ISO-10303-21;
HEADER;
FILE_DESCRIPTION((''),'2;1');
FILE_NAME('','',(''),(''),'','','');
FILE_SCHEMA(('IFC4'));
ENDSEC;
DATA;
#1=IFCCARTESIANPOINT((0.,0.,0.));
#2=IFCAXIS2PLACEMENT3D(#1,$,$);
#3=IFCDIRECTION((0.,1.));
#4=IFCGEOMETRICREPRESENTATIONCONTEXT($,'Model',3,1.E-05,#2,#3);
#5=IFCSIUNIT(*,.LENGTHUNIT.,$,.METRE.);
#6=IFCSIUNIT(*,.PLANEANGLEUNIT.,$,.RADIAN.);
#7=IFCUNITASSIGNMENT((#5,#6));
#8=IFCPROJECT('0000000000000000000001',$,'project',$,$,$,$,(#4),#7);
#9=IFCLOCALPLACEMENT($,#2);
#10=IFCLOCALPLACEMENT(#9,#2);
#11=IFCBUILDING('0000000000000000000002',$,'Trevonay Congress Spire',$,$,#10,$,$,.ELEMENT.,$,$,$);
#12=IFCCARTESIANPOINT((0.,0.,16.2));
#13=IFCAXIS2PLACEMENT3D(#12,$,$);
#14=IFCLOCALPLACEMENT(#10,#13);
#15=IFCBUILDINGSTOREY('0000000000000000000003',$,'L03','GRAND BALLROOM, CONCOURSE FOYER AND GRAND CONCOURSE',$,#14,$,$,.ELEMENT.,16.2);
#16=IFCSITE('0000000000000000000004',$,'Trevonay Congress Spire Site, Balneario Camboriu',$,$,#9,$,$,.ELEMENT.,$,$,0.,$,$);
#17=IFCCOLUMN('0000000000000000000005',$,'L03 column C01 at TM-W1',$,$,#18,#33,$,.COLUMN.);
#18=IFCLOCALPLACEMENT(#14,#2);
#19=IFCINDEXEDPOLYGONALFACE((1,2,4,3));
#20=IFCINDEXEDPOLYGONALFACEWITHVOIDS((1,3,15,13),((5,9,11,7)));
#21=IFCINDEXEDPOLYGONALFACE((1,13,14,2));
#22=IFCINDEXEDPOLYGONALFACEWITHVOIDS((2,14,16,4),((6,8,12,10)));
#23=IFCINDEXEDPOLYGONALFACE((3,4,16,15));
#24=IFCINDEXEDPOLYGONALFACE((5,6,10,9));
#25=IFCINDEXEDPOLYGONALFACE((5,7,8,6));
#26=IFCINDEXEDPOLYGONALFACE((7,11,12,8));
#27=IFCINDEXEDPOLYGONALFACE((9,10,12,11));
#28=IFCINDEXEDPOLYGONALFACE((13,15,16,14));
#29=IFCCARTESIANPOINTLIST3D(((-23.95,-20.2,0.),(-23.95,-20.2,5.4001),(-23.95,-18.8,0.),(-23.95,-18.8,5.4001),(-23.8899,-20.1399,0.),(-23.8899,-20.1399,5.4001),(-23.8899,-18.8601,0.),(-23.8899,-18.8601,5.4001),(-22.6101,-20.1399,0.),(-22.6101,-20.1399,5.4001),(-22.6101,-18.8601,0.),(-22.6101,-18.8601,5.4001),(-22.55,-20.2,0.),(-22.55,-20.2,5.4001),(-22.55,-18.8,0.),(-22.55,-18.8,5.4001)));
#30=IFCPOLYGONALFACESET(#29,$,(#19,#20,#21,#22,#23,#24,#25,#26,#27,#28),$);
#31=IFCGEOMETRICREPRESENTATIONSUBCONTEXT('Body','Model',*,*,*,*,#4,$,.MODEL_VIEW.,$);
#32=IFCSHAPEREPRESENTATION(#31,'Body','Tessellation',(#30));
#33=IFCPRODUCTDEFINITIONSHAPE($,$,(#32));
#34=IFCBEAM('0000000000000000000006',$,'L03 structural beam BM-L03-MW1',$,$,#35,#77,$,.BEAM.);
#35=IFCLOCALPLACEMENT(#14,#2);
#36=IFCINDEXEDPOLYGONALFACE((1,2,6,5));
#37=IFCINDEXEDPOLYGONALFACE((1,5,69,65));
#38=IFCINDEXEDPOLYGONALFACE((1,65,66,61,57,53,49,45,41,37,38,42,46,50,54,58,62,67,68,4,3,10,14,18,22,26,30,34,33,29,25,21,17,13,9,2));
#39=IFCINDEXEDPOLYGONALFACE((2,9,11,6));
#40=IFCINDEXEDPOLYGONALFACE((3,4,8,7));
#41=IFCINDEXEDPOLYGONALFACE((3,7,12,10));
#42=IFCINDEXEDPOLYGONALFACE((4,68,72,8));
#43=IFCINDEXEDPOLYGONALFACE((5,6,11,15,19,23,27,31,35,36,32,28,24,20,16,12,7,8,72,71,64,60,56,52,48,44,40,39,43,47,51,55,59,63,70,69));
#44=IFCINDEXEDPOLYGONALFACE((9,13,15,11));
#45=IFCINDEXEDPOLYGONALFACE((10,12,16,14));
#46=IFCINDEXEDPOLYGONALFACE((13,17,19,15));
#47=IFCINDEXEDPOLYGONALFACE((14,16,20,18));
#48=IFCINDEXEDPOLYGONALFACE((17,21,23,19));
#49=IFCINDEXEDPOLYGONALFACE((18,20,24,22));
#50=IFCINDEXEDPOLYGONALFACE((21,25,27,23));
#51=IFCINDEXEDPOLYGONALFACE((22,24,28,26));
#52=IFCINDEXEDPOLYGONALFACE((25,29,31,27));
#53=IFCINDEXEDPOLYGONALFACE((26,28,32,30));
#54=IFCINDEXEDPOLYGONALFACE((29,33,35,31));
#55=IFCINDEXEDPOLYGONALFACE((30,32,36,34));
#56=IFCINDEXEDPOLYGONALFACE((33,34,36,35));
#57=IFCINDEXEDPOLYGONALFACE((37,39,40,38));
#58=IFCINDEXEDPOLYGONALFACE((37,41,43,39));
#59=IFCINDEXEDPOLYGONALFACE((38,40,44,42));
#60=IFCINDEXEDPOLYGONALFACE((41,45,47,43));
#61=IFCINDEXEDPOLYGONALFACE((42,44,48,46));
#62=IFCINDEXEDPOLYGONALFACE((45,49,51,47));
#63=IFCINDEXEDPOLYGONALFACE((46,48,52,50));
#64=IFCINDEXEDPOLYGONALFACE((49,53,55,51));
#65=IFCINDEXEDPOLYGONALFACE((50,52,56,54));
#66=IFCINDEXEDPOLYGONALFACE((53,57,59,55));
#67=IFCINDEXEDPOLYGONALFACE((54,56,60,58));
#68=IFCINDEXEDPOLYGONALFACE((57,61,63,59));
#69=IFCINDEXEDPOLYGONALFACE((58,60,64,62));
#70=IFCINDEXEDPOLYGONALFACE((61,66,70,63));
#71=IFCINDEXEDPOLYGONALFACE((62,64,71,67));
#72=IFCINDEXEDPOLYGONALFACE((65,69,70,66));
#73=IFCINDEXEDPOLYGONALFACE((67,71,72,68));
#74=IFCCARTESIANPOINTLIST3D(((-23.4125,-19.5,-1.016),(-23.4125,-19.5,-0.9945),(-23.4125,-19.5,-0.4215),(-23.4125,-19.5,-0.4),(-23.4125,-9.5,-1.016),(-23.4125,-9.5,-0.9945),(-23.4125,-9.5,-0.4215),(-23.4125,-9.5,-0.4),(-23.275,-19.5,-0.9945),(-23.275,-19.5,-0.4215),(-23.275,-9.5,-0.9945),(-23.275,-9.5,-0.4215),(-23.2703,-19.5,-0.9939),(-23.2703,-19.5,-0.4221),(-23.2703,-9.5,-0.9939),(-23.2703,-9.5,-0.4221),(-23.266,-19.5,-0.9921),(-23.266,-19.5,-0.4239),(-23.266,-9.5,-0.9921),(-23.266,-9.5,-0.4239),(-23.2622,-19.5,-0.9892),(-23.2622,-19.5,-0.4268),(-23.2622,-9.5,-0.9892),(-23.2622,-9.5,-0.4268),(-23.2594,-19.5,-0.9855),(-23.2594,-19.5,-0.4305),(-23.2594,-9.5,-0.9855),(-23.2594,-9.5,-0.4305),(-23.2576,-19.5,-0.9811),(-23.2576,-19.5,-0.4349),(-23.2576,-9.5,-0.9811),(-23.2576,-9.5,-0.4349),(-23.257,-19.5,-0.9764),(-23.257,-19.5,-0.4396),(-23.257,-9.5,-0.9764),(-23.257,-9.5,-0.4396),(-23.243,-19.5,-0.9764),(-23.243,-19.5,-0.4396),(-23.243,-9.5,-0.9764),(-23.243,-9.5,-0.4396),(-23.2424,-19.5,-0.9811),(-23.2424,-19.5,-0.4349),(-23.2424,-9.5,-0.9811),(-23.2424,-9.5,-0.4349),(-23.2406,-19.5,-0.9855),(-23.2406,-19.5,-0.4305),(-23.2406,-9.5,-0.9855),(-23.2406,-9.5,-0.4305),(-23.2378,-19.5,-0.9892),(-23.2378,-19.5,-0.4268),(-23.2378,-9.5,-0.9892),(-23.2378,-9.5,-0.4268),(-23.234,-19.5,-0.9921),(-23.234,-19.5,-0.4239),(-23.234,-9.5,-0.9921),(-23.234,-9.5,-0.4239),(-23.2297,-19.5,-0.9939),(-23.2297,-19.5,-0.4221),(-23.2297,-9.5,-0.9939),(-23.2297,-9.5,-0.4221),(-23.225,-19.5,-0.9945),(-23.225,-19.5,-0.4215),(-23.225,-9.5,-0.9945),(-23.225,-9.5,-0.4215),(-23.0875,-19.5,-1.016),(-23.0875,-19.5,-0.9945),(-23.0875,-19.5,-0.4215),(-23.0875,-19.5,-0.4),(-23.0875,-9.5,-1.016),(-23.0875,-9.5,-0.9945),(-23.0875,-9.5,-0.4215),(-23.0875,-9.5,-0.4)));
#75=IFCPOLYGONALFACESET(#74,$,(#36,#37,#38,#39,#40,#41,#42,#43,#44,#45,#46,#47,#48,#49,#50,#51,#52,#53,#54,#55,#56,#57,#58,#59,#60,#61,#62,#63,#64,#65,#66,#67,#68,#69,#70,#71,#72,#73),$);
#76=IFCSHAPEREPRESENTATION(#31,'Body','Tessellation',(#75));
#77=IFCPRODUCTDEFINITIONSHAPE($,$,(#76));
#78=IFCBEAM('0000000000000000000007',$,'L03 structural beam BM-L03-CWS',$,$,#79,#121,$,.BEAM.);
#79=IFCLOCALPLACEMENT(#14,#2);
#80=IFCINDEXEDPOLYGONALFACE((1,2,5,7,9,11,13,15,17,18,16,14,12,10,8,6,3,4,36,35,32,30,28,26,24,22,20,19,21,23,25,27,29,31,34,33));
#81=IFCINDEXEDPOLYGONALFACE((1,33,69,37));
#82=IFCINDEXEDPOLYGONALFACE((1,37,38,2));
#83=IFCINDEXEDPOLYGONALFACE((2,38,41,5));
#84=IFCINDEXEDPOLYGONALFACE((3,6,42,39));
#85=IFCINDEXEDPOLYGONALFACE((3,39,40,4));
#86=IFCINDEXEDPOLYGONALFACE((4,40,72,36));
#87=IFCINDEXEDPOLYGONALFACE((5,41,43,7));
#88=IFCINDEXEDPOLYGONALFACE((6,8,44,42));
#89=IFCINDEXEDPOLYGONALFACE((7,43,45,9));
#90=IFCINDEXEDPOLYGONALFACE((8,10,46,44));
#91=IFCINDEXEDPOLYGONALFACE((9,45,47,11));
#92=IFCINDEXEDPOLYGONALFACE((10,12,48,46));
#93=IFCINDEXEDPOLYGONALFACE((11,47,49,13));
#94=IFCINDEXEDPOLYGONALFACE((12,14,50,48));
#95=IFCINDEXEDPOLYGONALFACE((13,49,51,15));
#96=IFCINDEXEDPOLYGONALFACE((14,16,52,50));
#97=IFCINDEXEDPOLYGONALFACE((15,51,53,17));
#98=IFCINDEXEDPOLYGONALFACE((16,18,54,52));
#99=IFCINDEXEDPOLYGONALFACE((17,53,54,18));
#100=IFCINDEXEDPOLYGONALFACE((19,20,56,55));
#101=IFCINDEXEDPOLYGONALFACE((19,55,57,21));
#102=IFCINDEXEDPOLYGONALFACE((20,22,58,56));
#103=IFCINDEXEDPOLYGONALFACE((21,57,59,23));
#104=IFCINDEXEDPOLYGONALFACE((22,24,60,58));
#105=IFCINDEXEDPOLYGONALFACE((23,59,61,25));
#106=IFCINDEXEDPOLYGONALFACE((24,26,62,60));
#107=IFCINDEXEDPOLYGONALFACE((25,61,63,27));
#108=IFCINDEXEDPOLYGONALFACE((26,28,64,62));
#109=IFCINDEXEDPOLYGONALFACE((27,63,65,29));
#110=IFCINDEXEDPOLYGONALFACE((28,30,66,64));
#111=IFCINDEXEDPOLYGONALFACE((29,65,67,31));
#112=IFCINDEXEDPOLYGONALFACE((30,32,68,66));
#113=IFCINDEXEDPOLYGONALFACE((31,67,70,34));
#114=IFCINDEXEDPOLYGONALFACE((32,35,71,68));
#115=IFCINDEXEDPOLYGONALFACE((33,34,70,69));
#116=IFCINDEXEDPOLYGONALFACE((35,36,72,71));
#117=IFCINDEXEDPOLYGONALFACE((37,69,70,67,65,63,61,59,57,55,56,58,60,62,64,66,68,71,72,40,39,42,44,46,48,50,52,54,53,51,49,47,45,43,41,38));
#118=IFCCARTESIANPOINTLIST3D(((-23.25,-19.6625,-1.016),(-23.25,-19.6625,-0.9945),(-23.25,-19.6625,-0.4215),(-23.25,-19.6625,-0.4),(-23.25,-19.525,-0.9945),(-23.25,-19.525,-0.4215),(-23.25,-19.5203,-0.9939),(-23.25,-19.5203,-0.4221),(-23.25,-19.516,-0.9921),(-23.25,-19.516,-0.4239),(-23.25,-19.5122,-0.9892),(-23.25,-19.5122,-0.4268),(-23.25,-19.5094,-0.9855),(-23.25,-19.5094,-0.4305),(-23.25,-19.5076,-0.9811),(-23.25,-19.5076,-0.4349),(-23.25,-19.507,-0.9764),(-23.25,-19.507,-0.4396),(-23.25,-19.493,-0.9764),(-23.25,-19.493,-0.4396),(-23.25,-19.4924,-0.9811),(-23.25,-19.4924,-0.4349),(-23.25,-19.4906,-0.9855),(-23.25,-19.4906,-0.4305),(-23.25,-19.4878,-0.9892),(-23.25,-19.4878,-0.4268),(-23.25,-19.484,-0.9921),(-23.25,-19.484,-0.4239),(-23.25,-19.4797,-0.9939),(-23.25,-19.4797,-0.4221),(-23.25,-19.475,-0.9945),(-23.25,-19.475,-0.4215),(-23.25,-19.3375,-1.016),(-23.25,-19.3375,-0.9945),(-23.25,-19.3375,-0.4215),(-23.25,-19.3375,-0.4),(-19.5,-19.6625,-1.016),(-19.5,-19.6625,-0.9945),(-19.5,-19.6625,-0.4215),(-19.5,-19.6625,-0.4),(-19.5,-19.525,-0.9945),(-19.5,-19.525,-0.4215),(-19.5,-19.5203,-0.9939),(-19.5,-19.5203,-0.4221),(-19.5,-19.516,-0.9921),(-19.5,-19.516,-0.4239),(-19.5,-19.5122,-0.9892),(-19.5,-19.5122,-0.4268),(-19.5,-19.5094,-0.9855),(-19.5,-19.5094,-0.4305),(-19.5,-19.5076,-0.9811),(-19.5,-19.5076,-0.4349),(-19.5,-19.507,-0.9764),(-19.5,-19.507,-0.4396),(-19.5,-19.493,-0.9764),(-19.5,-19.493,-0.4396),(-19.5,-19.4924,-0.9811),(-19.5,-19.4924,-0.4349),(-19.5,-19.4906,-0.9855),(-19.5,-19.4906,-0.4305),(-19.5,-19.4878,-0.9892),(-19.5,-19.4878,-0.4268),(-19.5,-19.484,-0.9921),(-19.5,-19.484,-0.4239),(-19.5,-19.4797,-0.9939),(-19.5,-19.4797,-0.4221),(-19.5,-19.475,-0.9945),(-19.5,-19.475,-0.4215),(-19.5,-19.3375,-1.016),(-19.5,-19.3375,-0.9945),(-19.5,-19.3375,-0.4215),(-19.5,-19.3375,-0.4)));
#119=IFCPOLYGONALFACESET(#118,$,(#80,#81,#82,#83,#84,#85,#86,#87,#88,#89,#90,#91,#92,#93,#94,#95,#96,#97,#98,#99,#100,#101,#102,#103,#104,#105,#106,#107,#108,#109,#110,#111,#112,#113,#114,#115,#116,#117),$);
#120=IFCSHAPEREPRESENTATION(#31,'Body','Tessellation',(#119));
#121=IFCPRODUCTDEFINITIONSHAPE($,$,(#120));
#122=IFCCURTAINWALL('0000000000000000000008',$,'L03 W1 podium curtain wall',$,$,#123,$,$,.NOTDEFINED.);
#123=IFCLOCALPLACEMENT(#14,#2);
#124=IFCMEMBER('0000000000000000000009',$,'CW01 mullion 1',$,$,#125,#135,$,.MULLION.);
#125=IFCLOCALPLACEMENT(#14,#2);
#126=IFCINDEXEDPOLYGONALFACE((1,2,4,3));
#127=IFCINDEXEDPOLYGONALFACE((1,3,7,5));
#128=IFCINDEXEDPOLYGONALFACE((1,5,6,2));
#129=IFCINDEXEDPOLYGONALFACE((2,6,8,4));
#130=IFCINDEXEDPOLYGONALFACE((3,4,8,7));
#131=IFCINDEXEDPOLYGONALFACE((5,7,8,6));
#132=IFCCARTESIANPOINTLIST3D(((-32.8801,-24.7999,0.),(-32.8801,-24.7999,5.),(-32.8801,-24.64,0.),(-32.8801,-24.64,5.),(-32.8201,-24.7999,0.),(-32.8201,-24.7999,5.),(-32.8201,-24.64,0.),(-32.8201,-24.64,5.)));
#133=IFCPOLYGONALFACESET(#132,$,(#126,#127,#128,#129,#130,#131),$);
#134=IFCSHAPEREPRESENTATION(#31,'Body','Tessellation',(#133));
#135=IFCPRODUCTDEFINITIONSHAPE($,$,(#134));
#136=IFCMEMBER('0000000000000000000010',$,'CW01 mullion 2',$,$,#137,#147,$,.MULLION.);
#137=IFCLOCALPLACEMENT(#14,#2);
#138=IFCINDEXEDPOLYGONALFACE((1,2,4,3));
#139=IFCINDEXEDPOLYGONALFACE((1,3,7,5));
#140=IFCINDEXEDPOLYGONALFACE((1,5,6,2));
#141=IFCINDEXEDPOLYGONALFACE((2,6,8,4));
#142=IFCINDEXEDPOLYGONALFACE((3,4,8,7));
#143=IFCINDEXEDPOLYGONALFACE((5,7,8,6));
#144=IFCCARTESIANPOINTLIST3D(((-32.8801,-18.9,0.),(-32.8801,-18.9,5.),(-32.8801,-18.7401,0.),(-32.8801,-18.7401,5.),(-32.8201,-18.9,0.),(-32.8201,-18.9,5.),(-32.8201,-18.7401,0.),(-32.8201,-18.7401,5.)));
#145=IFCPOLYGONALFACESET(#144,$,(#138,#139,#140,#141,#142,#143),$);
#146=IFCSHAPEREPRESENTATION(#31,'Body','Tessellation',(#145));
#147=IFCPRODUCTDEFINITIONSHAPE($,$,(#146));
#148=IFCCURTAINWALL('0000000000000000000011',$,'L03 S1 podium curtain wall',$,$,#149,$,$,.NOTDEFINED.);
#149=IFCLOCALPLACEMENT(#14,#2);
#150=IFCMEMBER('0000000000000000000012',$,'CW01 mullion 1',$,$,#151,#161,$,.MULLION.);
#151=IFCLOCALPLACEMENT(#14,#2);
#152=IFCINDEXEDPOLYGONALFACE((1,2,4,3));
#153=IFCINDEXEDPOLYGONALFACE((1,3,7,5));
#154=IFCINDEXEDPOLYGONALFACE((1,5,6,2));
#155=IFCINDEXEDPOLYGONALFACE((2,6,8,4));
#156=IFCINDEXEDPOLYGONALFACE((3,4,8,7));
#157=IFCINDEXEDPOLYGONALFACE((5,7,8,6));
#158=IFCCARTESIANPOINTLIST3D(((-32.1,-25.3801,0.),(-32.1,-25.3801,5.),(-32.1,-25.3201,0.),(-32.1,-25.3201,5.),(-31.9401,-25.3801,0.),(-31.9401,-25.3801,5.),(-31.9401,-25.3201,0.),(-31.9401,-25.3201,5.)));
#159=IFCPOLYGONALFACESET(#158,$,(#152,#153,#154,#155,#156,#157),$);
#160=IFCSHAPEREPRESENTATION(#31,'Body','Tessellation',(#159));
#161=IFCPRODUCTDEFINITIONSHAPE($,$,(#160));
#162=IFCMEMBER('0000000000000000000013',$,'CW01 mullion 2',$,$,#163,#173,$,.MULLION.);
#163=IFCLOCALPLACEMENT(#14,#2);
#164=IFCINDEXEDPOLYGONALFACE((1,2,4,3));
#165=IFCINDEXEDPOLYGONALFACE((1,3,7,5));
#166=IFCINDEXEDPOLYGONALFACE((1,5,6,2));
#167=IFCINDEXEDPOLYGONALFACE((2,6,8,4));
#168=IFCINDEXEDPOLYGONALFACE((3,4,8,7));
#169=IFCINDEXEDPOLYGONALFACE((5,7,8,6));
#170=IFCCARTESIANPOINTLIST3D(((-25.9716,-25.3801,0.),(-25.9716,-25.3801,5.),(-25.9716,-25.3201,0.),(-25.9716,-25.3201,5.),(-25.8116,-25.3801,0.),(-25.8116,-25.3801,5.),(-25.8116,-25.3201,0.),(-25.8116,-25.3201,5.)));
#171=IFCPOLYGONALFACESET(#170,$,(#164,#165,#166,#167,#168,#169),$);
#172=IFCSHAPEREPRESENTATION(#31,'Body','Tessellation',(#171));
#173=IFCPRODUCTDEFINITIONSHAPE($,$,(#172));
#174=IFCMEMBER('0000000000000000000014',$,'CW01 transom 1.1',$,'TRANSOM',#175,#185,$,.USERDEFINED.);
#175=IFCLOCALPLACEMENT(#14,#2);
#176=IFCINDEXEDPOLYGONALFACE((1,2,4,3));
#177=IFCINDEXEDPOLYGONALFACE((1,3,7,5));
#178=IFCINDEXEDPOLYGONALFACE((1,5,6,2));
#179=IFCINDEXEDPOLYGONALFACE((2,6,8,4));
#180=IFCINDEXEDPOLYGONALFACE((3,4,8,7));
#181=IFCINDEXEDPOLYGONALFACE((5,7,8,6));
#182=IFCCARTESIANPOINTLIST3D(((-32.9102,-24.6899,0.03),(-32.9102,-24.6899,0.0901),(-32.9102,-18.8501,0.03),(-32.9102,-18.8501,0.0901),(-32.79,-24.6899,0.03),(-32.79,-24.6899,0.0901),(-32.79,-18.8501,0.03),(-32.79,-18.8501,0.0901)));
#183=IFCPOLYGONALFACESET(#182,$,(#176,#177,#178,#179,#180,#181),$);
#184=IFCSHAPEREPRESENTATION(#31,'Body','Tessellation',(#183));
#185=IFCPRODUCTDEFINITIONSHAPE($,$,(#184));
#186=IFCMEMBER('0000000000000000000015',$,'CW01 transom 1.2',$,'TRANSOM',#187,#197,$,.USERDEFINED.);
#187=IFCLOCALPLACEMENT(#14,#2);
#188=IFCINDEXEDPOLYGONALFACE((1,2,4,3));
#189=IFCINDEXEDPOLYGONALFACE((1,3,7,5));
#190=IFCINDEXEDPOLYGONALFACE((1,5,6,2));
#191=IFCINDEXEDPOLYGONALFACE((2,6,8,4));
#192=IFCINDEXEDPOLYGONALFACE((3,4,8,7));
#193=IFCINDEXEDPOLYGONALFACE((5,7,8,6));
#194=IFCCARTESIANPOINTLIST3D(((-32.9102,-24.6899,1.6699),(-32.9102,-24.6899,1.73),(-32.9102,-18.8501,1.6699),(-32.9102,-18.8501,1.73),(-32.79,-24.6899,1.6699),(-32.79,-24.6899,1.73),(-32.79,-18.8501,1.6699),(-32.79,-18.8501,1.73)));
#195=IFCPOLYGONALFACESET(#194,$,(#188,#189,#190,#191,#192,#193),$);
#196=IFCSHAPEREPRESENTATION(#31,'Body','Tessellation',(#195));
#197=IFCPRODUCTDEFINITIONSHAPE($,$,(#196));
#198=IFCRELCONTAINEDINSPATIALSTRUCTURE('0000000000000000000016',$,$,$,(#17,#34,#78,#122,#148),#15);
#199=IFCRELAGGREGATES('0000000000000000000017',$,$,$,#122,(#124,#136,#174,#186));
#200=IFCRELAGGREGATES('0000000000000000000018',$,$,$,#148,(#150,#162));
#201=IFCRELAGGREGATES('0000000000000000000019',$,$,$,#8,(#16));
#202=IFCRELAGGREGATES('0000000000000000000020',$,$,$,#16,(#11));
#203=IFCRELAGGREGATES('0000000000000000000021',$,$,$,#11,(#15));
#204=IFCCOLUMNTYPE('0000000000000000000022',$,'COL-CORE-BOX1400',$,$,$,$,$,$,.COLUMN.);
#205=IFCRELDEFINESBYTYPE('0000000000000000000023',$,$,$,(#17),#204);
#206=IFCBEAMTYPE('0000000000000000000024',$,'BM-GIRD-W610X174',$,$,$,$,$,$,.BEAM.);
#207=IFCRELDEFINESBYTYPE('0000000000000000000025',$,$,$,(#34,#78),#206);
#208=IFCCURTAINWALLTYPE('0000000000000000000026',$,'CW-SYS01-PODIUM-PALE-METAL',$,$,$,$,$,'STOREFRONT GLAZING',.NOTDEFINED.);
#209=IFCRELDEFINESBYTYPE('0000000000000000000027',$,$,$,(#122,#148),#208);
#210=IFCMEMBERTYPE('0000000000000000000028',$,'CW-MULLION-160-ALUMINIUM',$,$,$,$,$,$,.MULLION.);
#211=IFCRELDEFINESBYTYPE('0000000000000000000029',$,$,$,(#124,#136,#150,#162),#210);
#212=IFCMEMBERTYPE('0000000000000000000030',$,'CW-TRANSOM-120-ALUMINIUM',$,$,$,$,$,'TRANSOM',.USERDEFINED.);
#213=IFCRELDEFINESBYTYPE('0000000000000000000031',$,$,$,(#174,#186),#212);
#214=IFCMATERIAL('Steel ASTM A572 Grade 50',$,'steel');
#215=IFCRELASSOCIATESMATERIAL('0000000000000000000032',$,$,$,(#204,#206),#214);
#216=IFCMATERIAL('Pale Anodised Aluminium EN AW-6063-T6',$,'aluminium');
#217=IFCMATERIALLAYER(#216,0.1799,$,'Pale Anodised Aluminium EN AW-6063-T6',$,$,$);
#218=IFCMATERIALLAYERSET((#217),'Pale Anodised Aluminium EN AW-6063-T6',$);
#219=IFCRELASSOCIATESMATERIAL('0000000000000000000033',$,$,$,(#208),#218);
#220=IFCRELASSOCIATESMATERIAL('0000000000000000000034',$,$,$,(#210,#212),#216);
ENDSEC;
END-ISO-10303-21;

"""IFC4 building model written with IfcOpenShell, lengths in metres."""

from ifc_helpers import new_model, si_unit, direction, frame, origin, origin_2d, place, context, subcontext, project, spatial, rectangle, hollow_rectangle, i_section, extrude, material, layer, layer_set, material_profile, profile_set, type_object, element, aggregate, save


model = new_model("IFC4")

# Units and contexts
model_context = context("Model", 3, precision=1e-05, world=origin(), true_north=direction((0.0, 1.0)))
body_context = subcontext(model_context, "Body", "Model", "MODEL_VIEW")
ifc_project = project(units=[si_unit("LENGTHUNIT", "METRE"), si_unit("PLANEANGLEUNIT", "RADIAN")], contexts=[model_context])

# Site, building, storey
site_placement = place(None, origin())
site = spatial("IfcSite", under=ifc_project, at=site_placement, Name="Trevonay Congress Spire Site, Balneario Camboriu", CompositionType="ELEMENT", RefElevation=0.0)
building_placement = place(site_placement, origin())
building = spatial("IfcBuilding", under=site, at=building_placement, Name="Trevonay Congress Spire", CompositionType="ELEMENT")
storey_placement = place(building_placement, frame((0.0, 0.0, 16.2)))
storey = spatial("IfcBuildingStorey", under=building, at=storey_placement, Name="L03", Description="GRAND BALLROOM, CONCOURSE FOYER AND GRAND CONCOURSE", CompositionType="ELEMENT", Elevation=16.2)

# Column
ifc_material_1 = material(Name="Steel ASTM A572 Grade 50", Category="steel")
ifc_material_profile_1 = material_profile(ifc_material_1, hollow_rectangle(XDim=1.3999, YDim=1.3999, WallThickness=0.0601, at=origin_2d()), Name="BOX 1400x1400x60")
ifc_profile_set_1 = profile_set([ifc_material_profile_1], Name="Steel ASTM A572 Grade 50")
column_type = type_object("IfcColumnType", Name="COL-CORE-BOX1400", PredefinedType="COLUMN", material=ifc_profile_set_1)
column_placement = place(storey_placement, frame((-23.25, -19.5, 0.0), z_axis=(0.0, 0.0, 1.0), x_axis=(1.0, 0.0, 0.0)))
element("IfcColumn", 1, at=column_placement, inside=storey, type_object=column_type, Name="L03 column C01 at TM-W1", PredefinedType="COLUMN", context=body_context, shape_type="SweptSolid", body=[
    extrude(hollow_rectangle(XDim=1.3999, YDim=1.3999, WallThickness=0.0601, at=origin_2d()), origin(), (0.0, 0.0, 1.0), 5.4001),
])

# Beams
ifc_material_profile_2 = material_profile(ifc_material_1, i_section(OverallWidth=0.325, OverallDepth=0.616, WebThickness=0.0139, FlangeThickness=0.0215, FilletRadius=0.0181, at=origin_2d()), Name="W610x174")
ifc_profile_set_2 = profile_set([ifc_material_profile_2], Name="Steel ASTM A572 Grade 50")
beam_type = type_object("IfcBeamType", Name="BM-GIRD-W610X174", PredefinedType="BEAM", material=ifc_profile_set_2)
beam_1_placement = place(storey_placement, frame((-23.25, -19.5, -0.708), z_axis=(0.0, 1.0, 0.0), x_axis=(-1.0, 0.0, 0.0)))
element("IfcBeam", 2, at=beam_1_placement, inside=storey, type_object=beam_type, Name="L03 structural beam BM-L03-MW1", PredefinedType="BEAM", context=body_context, shape_type="SweptSolid", body=[
    extrude(i_section(OverallWidth=0.325, OverallDepth=0.616, WebThickness=0.0139, FlangeThickness=0.0215, FilletRadius=0.0181, at=origin_2d()), origin(), (0.0, 0.0, 1.0), 10.0),
])
beam_2_placement = place(storey_placement, frame((-23.25, -19.5, -0.708), z_axis=(1.0, 0.0, 0.0), x_axis=(0.0, 1.0, 0.0)))
element("IfcBeam", 3, at=beam_2_placement, inside=storey, type_object=beam_type, Name="L03 structural beam BM-L03-CWS", PredefinedType="BEAM", context=body_context, shape_type="SweptSolid", body=[
    extrude(i_section(OverallWidth=0.325, OverallDepth=0.616, WebThickness=0.0139, FlangeThickness=0.0215, FilletRadius=0.0181, at=origin_2d()), origin(), (0.0, 0.0, 1.0), 3.75),
])

# Curtain walls, members
ifc_material_2 = material(Name="Pale Anodised Aluminium EN AW-6063-T6", Category="aluminium")
ifc_layer_1 = layer(ifc_material_2, 0.1799, Name="Pale Anodised Aluminium EN AW-6063-T6")
ifc_layer_set_1 = layer_set([ifc_layer_1], Name="Pale Anodised Aluminium EN AW-6063-T6")
curtain_wall_type = type_object("IfcCurtainWallType", Name="CW-SYS01-PODIUM-PALE-METAL", ElementType="STOREFRONT GLAZING", PredefinedType="NOTDEFINED", material=ifc_layer_set_1)
curtain_wall_1_placement = place(storey_placement, origin())
curtain_wall_1 = element("IfcCurtainWall", 4, at=curtain_wall_1_placement, inside=storey, type_object=curtain_wall_type, Name="L03 W1 podium curtain wall", PredefinedType="NOTDEFINED")
ifc_material_profile_3 = material_profile(ifc_material_2, rectangle(XDim=0.0601, YDim=0.1599, at=origin_2d()), Name="CW-MULLION-160-ALUMINIUM")
ifc_profile_set_3 = profile_set([ifc_material_profile_3], Name="Pale Anodised Aluminium EN AW-6063-T6")
member_type_1 = type_object("IfcMemberType", Name="CW-MULLION-160-ALUMINIUM", PredefinedType="MULLION", material=ifc_profile_set_3)
member_1_placement = place(storey_placement, frame((-32.8501, -24.72, 0.0), z_axis=(0.0, 0.0, 1.0), x_axis=(-1.0, 0.0, 0.0)))
member_1 = element("IfcMember", 5, at=member_1_placement, type_object=member_type_1, Name="CW01 mullion 1", PredefinedType="MULLION", context=body_context, shape_type="SweptSolid", body=[
    extrude(rectangle(XDim=0.0601, YDim=0.1599, at=origin_2d()), origin(), (0.0, 0.0, 1.0), 5.0),
])
member_2_placement = place(storey_placement, frame((-32.8501, -18.8201, 0.0), z_axis=(0.0, 0.0, 1.0), x_axis=(-1.0, 0.0, 0.0)))
member_2 = element("IfcMember", 6, at=member_2_placement, type_object=member_type_1, Name="CW01 mullion 2", PredefinedType="MULLION", context=body_context, shape_type="SweptSolid", body=[
    extrude(rectangle(XDim=0.0601, YDim=0.1599, at=origin_2d()), origin(), (0.0, 0.0, 1.0), 5.0),
])
curtain_wall_2_placement = place(storey_placement, origin())
curtain_wall_2 = element("IfcCurtainWall", 7, at=curtain_wall_2_placement, inside=storey, type_object=curtain_wall_type, Name="L03 S1 podium curtain wall", PredefinedType="NOTDEFINED")
member_3_placement = place(storey_placement, frame((-32.02, -25.3501, 0.0), z_axis=(0.0, 0.0, 1.0), x_axis=(0.0, 1.0, 0.0)))
member_3 = element("IfcMember", 8, at=member_3_placement, type_object=member_type_1, Name="CW01 mullion 1", PredefinedType="MULLION", context=body_context, shape_type="SweptSolid", body=[
    extrude(rectangle(XDim=0.0601, YDim=0.1599, at=origin_2d()), origin(), (0.0, 0.0, 1.0), 5.0),
])
member_4_placement = place(storey_placement, frame((-25.8916, -25.3501, 0.0), z_axis=(0.0, 0.0, 1.0), x_axis=(0.0, 1.0, 0.0)))
member_4 = element("IfcMember", 9, at=member_4_placement, type_object=member_type_1, Name="CW01 mullion 2", PredefinedType="MULLION", context=body_context, shape_type="SweptSolid", body=[
    extrude(rectangle(XDim=0.0601, YDim=0.1599, at=origin_2d()), origin(), (0.0, 0.0, 1.0), 5.0),
])

# Members
ifc_material_profile_4 = material_profile(ifc_material_2, rectangle(XDim=0.1201, YDim=0.0601, at=origin_2d()), Name="CW-TRANSOM-120-ALUMINIUM")
ifc_profile_set_4 = profile_set([ifc_material_profile_4], Name="Pale Anodised Aluminium EN AW-6063-T6")
member_type_2 = type_object("IfcMemberType", Name="CW-TRANSOM-120-ALUMINIUM", ElementType="TRANSOM", PredefinedType="USERDEFINED", material=ifc_profile_set_4)
member_5_placement = place(storey_placement, frame((-32.8501, -24.6899, 0.0601), z_axis=(0.0, 1.0, 0.0), x_axis=(-1.0, 0.0, 0.0)))
member_5 = element("IfcMember", 10, at=member_5_placement, type_object=member_type_2, Name="CW01 transom 1.1", ObjectType="TRANSOM", PredefinedType="USERDEFINED", context=body_context, shape_type="SweptSolid", body=[
    extrude(rectangle(XDim=0.1201, YDim=0.0601, at=origin_2d()), origin(), (0.0, 0.0, 1.0), 5.8398),
])
member_6_placement = place(storey_placement, frame((-32.8501, -24.6899, 1.7), z_axis=(0.0, 1.0, 0.0), x_axis=(-1.0, 0.0, 0.0)))
member_6 = element("IfcMember", 11, at=member_6_placement, type_object=member_type_2, Name="CW01 transom 1.2", ObjectType="TRANSOM", PredefinedType="USERDEFINED", context=body_context, shape_type="SweptSolid", body=[
    extrude(rectangle(XDim=0.1201, YDim=0.0601, at=origin_2d()), origin(), (0.0, 0.0, 1.0), 5.8398),
])

aggregate(curtain_wall_1, [member_1, member_2, member_5, member_6])
aggregate(curtain_wall_2, [member_3, member_4])

save(model, "model.ifc")
